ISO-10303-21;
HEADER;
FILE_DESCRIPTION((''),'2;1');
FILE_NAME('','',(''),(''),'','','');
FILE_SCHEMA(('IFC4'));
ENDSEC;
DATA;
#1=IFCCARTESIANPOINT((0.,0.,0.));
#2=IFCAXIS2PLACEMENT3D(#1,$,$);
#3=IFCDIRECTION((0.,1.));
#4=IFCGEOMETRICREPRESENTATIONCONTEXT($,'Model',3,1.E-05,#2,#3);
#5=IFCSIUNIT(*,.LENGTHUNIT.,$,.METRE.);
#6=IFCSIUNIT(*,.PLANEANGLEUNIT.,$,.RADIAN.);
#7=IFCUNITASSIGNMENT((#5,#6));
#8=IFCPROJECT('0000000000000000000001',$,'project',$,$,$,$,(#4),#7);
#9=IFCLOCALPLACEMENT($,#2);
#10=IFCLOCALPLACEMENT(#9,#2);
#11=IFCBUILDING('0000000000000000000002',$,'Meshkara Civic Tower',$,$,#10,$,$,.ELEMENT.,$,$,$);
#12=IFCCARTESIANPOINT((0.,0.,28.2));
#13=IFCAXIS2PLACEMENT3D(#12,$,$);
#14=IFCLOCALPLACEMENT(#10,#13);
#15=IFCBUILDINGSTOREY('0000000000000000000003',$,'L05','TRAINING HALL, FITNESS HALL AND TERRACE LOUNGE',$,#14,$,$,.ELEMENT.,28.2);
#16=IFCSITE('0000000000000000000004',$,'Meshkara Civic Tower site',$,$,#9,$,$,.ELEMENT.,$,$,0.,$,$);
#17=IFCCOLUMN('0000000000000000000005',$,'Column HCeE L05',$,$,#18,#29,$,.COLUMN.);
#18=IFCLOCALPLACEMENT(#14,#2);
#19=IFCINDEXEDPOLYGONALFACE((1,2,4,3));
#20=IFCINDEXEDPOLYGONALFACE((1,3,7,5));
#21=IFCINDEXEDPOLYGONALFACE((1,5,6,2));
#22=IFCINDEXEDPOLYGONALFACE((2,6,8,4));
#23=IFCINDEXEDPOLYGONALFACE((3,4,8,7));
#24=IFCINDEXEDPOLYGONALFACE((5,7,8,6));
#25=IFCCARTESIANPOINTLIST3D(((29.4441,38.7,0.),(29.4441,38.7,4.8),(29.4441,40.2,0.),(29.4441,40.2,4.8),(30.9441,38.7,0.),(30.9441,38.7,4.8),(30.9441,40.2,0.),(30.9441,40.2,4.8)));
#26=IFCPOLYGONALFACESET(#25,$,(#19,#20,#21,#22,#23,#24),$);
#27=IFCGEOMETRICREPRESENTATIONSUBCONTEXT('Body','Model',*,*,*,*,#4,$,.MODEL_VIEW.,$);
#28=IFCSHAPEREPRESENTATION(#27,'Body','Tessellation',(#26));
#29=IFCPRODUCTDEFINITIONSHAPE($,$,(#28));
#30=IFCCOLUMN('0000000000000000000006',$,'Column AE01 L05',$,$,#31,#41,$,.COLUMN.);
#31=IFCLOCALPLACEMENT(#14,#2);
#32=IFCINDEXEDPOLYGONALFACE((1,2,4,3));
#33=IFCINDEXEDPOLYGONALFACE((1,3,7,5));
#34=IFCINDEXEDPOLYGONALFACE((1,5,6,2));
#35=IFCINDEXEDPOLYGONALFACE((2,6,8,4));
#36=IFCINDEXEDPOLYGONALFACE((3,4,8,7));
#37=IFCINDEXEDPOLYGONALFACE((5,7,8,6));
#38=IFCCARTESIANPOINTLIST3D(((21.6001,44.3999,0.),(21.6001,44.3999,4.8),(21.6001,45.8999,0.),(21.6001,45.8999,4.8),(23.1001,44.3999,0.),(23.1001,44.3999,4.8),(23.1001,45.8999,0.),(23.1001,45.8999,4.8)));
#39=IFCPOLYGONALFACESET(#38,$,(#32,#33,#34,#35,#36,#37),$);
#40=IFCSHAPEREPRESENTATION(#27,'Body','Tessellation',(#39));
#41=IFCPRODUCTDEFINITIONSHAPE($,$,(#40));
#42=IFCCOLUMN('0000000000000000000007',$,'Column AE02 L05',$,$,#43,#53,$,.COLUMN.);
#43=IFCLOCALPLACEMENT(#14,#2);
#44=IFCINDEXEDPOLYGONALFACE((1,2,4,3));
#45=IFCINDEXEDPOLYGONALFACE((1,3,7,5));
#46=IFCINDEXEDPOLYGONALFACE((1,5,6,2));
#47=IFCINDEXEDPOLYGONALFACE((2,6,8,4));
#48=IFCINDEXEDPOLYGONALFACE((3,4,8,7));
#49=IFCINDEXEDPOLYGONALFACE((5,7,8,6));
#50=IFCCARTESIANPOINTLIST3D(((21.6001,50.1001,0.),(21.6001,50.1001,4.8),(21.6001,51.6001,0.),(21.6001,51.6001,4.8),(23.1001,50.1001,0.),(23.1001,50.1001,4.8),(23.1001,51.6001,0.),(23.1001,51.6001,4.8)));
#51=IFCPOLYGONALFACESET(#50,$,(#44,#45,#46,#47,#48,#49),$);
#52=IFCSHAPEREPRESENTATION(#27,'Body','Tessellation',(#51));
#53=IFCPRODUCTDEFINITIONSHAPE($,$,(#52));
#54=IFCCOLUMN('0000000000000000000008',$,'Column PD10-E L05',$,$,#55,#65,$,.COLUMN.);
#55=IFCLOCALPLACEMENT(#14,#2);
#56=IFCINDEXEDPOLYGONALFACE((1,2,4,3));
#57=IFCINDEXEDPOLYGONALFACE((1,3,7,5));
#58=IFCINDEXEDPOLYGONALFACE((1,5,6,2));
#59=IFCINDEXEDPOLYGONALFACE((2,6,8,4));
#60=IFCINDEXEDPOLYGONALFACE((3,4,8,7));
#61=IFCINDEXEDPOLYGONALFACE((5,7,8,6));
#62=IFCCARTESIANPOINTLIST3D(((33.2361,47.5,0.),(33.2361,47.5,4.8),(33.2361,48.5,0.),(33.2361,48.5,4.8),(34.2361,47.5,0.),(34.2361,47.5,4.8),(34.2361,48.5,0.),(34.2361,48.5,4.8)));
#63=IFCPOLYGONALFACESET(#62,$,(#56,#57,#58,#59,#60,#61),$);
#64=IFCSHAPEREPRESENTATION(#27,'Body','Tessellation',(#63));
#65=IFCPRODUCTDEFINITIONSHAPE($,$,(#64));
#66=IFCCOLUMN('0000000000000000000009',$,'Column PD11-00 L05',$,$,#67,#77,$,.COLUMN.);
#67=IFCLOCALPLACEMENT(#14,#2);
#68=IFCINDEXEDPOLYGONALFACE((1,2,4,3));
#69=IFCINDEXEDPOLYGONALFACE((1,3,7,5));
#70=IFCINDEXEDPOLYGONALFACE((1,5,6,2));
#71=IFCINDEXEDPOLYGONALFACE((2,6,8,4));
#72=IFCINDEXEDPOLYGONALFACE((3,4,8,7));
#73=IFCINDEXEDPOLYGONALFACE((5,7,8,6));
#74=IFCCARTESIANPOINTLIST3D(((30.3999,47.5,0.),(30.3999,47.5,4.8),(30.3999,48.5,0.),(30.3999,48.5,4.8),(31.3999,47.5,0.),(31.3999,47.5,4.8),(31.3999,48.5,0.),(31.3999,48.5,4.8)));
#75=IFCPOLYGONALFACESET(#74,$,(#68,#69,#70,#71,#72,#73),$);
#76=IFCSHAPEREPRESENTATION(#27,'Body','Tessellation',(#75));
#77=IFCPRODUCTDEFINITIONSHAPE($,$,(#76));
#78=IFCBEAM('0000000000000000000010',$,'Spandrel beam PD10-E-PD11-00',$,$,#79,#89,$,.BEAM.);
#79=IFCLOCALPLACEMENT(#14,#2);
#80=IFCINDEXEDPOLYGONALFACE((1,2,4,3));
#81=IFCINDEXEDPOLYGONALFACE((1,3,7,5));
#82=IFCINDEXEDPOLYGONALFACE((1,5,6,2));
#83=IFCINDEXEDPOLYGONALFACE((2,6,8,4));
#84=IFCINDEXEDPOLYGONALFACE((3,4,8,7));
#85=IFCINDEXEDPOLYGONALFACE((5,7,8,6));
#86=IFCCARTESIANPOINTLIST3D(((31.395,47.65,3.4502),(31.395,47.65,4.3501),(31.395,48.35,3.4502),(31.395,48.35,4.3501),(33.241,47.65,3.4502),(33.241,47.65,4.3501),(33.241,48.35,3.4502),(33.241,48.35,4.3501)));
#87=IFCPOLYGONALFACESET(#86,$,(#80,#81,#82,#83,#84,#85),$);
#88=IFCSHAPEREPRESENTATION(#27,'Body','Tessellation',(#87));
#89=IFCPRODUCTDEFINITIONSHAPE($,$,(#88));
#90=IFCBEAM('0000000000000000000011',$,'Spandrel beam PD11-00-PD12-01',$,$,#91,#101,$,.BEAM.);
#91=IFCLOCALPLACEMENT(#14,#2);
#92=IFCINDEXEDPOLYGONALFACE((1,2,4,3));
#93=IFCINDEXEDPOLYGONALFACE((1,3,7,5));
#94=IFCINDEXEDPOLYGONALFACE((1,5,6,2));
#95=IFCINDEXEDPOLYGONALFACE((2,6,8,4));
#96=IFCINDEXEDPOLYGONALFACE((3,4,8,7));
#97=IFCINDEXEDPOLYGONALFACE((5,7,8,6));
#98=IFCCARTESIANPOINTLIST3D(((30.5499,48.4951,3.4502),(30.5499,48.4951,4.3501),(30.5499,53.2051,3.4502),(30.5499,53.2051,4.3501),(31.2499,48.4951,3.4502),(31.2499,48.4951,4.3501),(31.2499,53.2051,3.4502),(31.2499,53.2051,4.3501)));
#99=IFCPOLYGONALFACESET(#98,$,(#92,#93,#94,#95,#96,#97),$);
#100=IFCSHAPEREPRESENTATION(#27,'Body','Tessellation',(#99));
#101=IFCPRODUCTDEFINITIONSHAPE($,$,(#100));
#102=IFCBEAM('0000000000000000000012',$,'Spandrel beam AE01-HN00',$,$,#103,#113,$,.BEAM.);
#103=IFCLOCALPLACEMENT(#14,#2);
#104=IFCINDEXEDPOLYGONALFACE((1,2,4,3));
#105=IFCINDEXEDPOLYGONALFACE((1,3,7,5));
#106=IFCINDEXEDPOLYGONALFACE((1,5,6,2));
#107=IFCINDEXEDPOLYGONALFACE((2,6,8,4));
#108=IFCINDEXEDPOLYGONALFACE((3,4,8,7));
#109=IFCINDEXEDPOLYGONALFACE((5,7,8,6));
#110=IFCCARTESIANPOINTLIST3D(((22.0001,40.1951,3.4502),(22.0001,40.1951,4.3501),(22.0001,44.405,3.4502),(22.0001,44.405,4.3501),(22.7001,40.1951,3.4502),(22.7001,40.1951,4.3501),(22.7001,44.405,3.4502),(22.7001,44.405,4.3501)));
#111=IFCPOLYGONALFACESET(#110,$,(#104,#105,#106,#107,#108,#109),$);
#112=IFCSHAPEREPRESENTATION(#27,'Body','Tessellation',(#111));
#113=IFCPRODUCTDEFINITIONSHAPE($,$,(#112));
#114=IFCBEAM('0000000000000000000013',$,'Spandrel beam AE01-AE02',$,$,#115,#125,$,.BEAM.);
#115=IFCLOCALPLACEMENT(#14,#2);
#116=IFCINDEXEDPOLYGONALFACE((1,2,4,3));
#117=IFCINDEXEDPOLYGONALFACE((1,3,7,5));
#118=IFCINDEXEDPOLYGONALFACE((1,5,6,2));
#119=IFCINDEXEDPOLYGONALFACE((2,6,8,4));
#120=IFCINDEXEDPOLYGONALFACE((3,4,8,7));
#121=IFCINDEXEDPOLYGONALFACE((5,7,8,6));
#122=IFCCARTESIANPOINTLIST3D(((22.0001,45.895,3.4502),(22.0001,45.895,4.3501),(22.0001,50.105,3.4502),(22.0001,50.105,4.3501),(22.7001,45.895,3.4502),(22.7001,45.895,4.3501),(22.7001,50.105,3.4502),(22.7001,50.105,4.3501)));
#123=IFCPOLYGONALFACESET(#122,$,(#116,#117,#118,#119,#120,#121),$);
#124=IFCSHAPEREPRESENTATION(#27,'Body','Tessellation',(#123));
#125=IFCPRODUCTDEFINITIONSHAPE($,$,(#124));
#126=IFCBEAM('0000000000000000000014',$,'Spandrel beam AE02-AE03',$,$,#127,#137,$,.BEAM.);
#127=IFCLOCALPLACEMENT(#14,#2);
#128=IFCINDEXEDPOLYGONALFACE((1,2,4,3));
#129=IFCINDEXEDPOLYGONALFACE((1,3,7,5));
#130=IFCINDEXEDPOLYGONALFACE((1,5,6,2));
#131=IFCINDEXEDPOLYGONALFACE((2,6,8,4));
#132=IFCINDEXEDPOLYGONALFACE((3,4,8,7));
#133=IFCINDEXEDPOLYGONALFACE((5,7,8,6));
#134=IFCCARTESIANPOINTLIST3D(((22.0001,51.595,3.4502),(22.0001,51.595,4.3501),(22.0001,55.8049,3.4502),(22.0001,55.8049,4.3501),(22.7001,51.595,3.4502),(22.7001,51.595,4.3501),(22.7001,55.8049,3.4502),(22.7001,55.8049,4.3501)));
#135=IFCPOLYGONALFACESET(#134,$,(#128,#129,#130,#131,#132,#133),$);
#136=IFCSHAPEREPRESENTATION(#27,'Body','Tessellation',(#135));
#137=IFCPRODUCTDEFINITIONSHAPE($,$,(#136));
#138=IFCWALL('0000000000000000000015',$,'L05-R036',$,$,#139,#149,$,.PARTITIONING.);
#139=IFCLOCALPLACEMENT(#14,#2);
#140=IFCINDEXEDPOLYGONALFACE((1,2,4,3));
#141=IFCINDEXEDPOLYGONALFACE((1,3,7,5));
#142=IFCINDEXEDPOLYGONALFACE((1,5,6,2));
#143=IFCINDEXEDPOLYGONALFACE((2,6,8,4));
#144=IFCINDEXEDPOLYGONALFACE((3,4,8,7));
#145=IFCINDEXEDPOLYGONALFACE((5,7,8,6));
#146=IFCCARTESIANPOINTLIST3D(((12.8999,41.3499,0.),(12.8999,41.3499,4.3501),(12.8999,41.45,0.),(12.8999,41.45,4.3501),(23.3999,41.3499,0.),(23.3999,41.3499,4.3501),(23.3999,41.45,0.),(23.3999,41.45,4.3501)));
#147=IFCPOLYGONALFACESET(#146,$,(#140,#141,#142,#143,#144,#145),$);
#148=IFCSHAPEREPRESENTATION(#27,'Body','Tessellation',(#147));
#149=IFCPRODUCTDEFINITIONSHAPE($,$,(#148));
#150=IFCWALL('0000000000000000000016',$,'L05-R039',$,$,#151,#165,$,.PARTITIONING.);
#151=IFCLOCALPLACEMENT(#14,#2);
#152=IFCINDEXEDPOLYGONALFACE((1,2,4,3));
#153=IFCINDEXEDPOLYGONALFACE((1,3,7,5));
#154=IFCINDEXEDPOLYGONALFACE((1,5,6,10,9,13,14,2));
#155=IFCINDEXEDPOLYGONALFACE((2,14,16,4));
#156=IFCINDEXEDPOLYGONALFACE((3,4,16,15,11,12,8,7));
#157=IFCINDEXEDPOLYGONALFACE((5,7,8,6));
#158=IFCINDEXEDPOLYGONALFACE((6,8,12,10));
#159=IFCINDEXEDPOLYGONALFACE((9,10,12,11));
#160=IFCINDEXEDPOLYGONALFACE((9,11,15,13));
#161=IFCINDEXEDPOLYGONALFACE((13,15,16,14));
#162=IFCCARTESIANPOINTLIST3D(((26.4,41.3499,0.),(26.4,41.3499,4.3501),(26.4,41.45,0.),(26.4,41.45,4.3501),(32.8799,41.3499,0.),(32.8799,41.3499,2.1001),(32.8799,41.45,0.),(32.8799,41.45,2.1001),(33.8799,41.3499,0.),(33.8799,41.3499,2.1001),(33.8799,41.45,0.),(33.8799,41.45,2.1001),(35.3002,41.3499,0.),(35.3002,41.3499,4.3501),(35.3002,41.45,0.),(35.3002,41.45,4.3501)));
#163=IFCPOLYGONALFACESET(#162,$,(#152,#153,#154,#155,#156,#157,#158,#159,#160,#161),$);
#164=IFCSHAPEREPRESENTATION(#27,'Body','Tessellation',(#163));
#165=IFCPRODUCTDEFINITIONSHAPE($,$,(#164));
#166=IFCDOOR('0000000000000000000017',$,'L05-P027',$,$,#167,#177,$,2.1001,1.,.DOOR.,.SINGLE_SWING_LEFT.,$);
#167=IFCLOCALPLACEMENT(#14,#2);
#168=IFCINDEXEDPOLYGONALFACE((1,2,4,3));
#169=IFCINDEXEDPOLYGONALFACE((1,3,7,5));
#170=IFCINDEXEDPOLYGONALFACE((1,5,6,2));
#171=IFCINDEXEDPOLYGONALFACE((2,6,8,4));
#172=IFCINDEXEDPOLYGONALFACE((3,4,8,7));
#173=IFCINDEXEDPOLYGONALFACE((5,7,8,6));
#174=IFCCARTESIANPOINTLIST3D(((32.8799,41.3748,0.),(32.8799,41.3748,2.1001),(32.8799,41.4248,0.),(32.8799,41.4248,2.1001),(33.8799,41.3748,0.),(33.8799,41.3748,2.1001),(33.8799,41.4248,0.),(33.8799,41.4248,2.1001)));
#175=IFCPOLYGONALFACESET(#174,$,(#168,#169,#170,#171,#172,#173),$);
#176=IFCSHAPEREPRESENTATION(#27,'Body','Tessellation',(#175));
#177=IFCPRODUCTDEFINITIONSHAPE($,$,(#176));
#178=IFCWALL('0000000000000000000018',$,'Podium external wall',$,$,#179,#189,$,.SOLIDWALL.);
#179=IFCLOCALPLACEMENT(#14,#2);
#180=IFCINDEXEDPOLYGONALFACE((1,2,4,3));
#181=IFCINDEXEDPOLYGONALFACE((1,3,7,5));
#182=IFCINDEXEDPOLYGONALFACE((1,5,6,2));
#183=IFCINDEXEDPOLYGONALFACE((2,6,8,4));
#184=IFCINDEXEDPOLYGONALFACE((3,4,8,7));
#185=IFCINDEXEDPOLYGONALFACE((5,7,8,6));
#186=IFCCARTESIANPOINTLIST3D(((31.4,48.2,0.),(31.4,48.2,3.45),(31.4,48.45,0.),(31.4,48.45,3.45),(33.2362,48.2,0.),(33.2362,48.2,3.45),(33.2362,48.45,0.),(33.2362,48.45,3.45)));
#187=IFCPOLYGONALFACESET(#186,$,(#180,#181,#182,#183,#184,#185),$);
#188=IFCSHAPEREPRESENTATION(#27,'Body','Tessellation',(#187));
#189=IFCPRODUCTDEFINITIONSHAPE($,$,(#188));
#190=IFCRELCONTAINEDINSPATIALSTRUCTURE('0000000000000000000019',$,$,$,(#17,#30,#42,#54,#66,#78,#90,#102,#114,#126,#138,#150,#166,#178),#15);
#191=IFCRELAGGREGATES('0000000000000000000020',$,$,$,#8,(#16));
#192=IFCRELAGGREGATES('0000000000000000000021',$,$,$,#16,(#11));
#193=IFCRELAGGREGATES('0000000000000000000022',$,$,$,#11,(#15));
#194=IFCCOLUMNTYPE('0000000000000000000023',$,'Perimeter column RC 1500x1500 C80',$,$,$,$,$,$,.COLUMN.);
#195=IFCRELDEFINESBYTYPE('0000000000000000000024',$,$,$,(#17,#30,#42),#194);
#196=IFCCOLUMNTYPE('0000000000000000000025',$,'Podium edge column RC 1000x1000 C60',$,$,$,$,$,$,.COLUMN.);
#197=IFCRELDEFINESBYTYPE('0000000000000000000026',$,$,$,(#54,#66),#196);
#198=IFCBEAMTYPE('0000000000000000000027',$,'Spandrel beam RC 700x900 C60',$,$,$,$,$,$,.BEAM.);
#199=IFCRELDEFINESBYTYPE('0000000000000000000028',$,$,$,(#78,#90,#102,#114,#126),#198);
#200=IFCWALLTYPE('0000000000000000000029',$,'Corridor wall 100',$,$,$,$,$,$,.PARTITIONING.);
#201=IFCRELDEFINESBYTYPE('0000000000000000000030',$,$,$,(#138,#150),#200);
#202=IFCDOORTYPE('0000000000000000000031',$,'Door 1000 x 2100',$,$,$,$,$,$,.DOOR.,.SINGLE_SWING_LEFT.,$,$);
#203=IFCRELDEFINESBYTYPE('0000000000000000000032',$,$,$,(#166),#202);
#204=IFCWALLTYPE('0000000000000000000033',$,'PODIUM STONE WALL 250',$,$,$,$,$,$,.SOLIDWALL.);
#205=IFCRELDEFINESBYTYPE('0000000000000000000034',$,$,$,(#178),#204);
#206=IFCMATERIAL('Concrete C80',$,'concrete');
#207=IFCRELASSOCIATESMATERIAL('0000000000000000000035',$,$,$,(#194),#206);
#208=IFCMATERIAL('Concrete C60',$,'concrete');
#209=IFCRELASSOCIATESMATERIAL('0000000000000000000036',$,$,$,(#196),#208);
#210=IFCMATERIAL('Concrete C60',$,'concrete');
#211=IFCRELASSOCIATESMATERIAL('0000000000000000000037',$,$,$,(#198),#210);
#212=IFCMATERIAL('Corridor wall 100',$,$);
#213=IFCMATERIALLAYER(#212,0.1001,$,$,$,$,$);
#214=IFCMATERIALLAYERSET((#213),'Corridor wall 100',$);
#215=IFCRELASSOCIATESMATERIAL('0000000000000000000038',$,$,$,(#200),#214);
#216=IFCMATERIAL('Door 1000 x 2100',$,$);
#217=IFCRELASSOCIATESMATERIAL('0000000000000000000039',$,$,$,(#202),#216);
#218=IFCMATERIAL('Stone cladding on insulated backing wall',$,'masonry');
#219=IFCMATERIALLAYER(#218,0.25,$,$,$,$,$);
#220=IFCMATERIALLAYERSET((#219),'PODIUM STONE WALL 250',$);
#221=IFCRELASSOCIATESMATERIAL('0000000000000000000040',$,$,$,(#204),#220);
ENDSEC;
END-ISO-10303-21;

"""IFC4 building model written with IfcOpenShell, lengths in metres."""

from ifc_helpers import new_model, si_unit, direction, frame, frame_2d, origin, origin_2d, place, context, subcontext, project, spatial, rectangle, extrude, material, layer, layer_set, material_profile, profile_set, type_object, element, fill, save


model = new_model("IFC4")

# Units and contexts
model_context = context("Model", 3, precision=1e-05, world=origin(), true_north=direction((0.0, 1.0)))
body_context = subcontext(model_context, "Body", "Model", "MODEL_VIEW")
ifc_project = project(units=[si_unit("LENGTHUNIT", "METRE"), si_unit("PLANEANGLEUNIT", "RADIAN")], contexts=[model_context])

# Site, building, storey
site_placement = place(None, origin())
site = spatial("IfcSite", under=ifc_project, at=site_placement, Name="Meshkara Civic Tower site", CompositionType="ELEMENT", RefElevation=0.0)
building_placement = place(site_placement, origin())
building = spatial("IfcBuilding", under=site, at=building_placement, Name="Meshkara Civic Tower", CompositionType="ELEMENT")
storey_placement = place(building_placement, frame((0.0, 0.0, 28.2)))
storey = spatial("IfcBuildingStorey", under=building, at=storey_placement, Name="L05", Description="TRAINING HALL, FITNESS HALL AND TERRACE LOUNGE", CompositionType="ELEMENT", Elevation=28.2)

# Columns
ifc_material_1 = material(Name="Concrete C80", Category="concrete")
ifc_material_profile_1 = material_profile(ifc_material_1, rectangle(XDim=1.5, YDim=1.5, at=origin_2d()))
ifc_profile_set_1 = profile_set([ifc_material_profile_1], Name="Concrete C80")
column_type_1 = type_object("IfcColumnType", Name="Perimeter column RC 1500x1500 C80", PredefinedType="COLUMN", material=ifc_profile_set_1)
for number, where, z_axis, x_axis, name in (
    (1, (30.1941, 39.45, 0.0), (0.0, 0.0, 1.0), (1.0, 0.0, 0.0), "Column HCeE L05"),
    (2, (22.3501, 45.1499, 0.0), (0.0, 0.0, 1.0), (1.0, 0.0, 0.0), "Column AE01 L05"),
    (3, (22.3501, 50.8501, 0.0), (0.0, 0.0, 1.0), (1.0, 0.0, 0.0), "Column AE02 L05"),
):
    element("IfcColumn", number, at=place(storey_placement, frame(where, z_axis=z_axis, x_axis=x_axis)), inside=storey, type_object=column_type_1, Name=name, PredefinedType="COLUMN", context=body_context, shape_type="SweptSolid", body=[
        extrude(rectangle(XDim=1.5, YDim=1.5, at=origin_2d()), origin(), (0.0, 0.0, 1.0), 4.8),
    ])
ifc_material_2 = material(Name="Concrete C60", Category="concrete")
ifc_material_profile_2 = material_profile(ifc_material_2, rectangle(XDim=1.0, YDim=1.0, at=origin_2d()))
ifc_profile_set_2 = profile_set([ifc_material_profile_2], Name="Concrete C60")
column_type_2 = type_object("IfcColumnType", Name="Podium edge column RC 1000x1000 C60", PredefinedType="COLUMN", material=ifc_profile_set_2)
for number, where, z_axis, x_axis, name in (
    (4, (33.7361, 48.0, 0.0), (0.0, 0.0, 1.0), (1.0, 0.0, 0.0), "Column PD10-E L05"),
    (5, (30.8999, 48.0, 0.0), (0.0, 0.0, 1.0), (1.0, 0.0, 0.0), "Column PD11-00 L05"),
):
    element("IfcColumn", number, at=place(storey_placement, frame(where, z_axis=z_axis, x_axis=x_axis)), inside=storey, type_object=column_type_2, Name=name, PredefinedType="COLUMN", context=body_context, shape_type="SweptSolid", body=[
        extrude(rectangle(XDim=1.0, YDim=1.0, at=origin_2d()), origin(), (0.0, 0.0, 1.0), 4.8),
    ])

# Beams
ifc_material_3 = material(Name="Concrete C60", Category="concrete")
ifc_material_profile_3 = material_profile(ifc_material_3, rectangle(XDim=0.7, YDim=0.8999, at=origin_2d()))
ifc_profile_set_3 = profile_set([ifc_material_profile_3], Name="Concrete C60")
beam_type = type_object("IfcBeamType", Name="Spandrel beam RC 700x900 C60", PredefinedType="BEAM", material=ifc_profile_set_3)
beam_1_placement = place(storey_placement, frame((33.241, 48.0, 3.9001), z_axis=(-1.0, 0.0, 0.0), x_axis=(0.0, -1.0, 0.0)))
element("IfcBeam", 6, at=beam_1_placement, inside=storey, type_object=beam_type, Name="Spandrel beam PD10-E-PD11-00", PredefinedType="BEAM", context=body_context, shape_type="SweptSolid", body=[
    extrude(rectangle(XDim=0.7, YDim=0.8999, at=origin_2d()), origin(), (0.0, 0.0, 1.0), 1.8459),
])
beam_2_placement = place(storey_placement, frame((30.8999, 48.4951, 3.9001), z_axis=(0.0, 1.0, 0.0), x_axis=(-1.0, 0.0, 0.0)))
element("IfcBeam", 7, at=beam_2_placement, inside=storey, type_object=beam_type, Name="Spandrel beam PD11-00-PD12-01", PredefinedType="BEAM", context=body_context, shape_type="SweptSolid", body=[
    extrude(rectangle(XDim=0.7, YDim=0.8999, at=origin_2d()), origin(), (0.0, 0.0, 1.0), 4.71),
])
for number, where, z_axis, x_axis, name in (
    (8, (22.3501, 40.1951, 3.9001), (0.0, 1.0, 0.0), (-1.0, 0.0, 0.0), "Spandrel beam AE01-HN00"),
    (9, (22.3501, 45.895, 3.9001), (0.0, 1.0, 0.0), (-1.0, 0.0, 0.0), "Spandrel beam AE01-AE02"),
    (10, (22.3501, 51.595, 3.9001), (0.0, 1.0, 0.0), (-1.0, 0.0, 0.0), "Spandrel beam AE02-AE03"),
):
    element("IfcBeam", number, at=place(storey_placement, frame(where, z_axis=z_axis, x_axis=x_axis)), inside=storey, type_object=beam_type, Name=name, PredefinedType="BEAM", context=body_context, shape_type="SweptSolid", body=[
        extrude(rectangle(XDim=0.7, YDim=0.8999, at=origin_2d()), origin(), (0.0, 0.0, 1.0), 4.21),
    ])

# Wall
ifc_material_4 = material(Name="Corridor wall 100")
ifc_layer_1 = layer(ifc_material_4, 0.1001)
ifc_layer_set_1 = layer_set([ifc_layer_1], Name="Corridor wall 100")
wall_type_1 = type_object("IfcWallType", Name="Corridor wall 100", PredefinedType="PARTITIONING", material=ifc_layer_set_1)
wall_1_placement = place(storey_placement, frame((23.3999, 41.3999, 0.0), z_axis=(0.0, 0.0, 1.0), x_axis=(-1.0, 0.0, 0.0)))
element("IfcWall", 11, at=wall_1_placement, inside=storey, type_object=wall_type_1, Name="L05-R036", PredefinedType="PARTITIONING", context=body_context, shape_type="SweptSolid", body=[
    extrude(rectangle(XDim=10.5, YDim=0.1001, at=frame_2d((5.25, 0.0))), origin(), (0.0, 0.0, 1.0), 4.3501),
])

# Wall, opening, door
wall_2_placement = place(storey_placement, frame((26.3999, 41.3999, 0.0), z_axis=(0.0, 0.0, 1.0), x_axis=(1.0, 0.0, 0.0)))
wall_2 = element("IfcWall", 12, at=wall_2_placement, inside=storey, type_object=wall_type_1, Name="L05-R039", PredefinedType="PARTITIONING", context=body_context, shape_type="SweptSolid", body=[
    extrude(rectangle(XDim=8.9001, YDim=0.1001, at=frame_2d((4.4502, 0.0))), origin(), (0.0, 0.0, 1.0), 4.3501),
])
opening_1_placement = place(wall_2_placement, frame((6.48, 0.0, 0.0)))
opening_1 = element("IfcOpeningElement", 13, at=opening_1_placement, cuts=wall_2, PredefinedType="OPENING", context=body_context, shape_type="SweptSolid", body=[
    extrude(rectangle(XDim=1.0, YDim=2.1001, at=frame_2d((0.5, 1.05))), frame((0.0, 0.0601, 0.0), z_axis=(0.0, -1.0, 0.0), x_axis=(1.0, 0.0, 0.0)), (0.0, 0.0, 1.0), 0.1201),
])
ifc_material_5 = material(Name="Door 1000 x 2100")
door_type = type_object("IfcDoorType", Name="Door 1000 x 2100", OperationType="SINGLE_SWING_LEFT", PredefinedType="DOOR", material=ifc_material_5)
door_1_placement = place(opening_1_placement, origin())
door_1 = element("IfcDoor", 14, at=door_1_placement, inside=storey, type_object=door_type, Name="L05-P027", OperationType="SINGLE_SWING_LEFT", OverallHeight=2.1001, OverallWidth=1.0, PredefinedType="DOOR", context=body_context, shape_type="SweptSolid", body=[
    extrude(rectangle(XDim=1.0, YDim=2.1001, at=frame_2d((0.5, 1.05))), frame((0.0, 0.0249, 0.0), z_axis=(0.0, -1.0, 0.0), x_axis=(1.0, 0.0, 0.0)), (0.0, 0.0, 1.0), 0.05),
])
fill(opening_1, door_1)

# Wall
ifc_material_6 = material(Name="Stone cladding on insulated backing wall", Category="masonry")
ifc_layer_2 = layer(ifc_material_6, 0.25)
ifc_layer_set_2 = layer_set([ifc_layer_2], Name="PODIUM STONE WALL 250")
wall_type_2 = type_object("IfcWallType", Name="PODIUM STONE WALL 250", PredefinedType="SOLIDWALL", material=ifc_layer_set_2)
wall_3_placement = place(storey_placement, frame((33.2361, 48.325, 0.0), z_axis=(0.0, 0.0, 1.0), x_axis=(-1.0, 0.0, 0.0)))
element("IfcWall", 15, at=wall_3_placement, inside=storey, type_object=wall_type_2, Name="Podium external wall", PredefinedType="SOLIDWALL", context=body_context, shape_type="SweptSolid", body=[
    extrude(rectangle(XDim=1.8362, YDim=0.25, at=frame_2d((0.918, 0.0))), origin(), (0.0, 0.0, 1.0), 3.45),
])

save(model, "model.ifc")
